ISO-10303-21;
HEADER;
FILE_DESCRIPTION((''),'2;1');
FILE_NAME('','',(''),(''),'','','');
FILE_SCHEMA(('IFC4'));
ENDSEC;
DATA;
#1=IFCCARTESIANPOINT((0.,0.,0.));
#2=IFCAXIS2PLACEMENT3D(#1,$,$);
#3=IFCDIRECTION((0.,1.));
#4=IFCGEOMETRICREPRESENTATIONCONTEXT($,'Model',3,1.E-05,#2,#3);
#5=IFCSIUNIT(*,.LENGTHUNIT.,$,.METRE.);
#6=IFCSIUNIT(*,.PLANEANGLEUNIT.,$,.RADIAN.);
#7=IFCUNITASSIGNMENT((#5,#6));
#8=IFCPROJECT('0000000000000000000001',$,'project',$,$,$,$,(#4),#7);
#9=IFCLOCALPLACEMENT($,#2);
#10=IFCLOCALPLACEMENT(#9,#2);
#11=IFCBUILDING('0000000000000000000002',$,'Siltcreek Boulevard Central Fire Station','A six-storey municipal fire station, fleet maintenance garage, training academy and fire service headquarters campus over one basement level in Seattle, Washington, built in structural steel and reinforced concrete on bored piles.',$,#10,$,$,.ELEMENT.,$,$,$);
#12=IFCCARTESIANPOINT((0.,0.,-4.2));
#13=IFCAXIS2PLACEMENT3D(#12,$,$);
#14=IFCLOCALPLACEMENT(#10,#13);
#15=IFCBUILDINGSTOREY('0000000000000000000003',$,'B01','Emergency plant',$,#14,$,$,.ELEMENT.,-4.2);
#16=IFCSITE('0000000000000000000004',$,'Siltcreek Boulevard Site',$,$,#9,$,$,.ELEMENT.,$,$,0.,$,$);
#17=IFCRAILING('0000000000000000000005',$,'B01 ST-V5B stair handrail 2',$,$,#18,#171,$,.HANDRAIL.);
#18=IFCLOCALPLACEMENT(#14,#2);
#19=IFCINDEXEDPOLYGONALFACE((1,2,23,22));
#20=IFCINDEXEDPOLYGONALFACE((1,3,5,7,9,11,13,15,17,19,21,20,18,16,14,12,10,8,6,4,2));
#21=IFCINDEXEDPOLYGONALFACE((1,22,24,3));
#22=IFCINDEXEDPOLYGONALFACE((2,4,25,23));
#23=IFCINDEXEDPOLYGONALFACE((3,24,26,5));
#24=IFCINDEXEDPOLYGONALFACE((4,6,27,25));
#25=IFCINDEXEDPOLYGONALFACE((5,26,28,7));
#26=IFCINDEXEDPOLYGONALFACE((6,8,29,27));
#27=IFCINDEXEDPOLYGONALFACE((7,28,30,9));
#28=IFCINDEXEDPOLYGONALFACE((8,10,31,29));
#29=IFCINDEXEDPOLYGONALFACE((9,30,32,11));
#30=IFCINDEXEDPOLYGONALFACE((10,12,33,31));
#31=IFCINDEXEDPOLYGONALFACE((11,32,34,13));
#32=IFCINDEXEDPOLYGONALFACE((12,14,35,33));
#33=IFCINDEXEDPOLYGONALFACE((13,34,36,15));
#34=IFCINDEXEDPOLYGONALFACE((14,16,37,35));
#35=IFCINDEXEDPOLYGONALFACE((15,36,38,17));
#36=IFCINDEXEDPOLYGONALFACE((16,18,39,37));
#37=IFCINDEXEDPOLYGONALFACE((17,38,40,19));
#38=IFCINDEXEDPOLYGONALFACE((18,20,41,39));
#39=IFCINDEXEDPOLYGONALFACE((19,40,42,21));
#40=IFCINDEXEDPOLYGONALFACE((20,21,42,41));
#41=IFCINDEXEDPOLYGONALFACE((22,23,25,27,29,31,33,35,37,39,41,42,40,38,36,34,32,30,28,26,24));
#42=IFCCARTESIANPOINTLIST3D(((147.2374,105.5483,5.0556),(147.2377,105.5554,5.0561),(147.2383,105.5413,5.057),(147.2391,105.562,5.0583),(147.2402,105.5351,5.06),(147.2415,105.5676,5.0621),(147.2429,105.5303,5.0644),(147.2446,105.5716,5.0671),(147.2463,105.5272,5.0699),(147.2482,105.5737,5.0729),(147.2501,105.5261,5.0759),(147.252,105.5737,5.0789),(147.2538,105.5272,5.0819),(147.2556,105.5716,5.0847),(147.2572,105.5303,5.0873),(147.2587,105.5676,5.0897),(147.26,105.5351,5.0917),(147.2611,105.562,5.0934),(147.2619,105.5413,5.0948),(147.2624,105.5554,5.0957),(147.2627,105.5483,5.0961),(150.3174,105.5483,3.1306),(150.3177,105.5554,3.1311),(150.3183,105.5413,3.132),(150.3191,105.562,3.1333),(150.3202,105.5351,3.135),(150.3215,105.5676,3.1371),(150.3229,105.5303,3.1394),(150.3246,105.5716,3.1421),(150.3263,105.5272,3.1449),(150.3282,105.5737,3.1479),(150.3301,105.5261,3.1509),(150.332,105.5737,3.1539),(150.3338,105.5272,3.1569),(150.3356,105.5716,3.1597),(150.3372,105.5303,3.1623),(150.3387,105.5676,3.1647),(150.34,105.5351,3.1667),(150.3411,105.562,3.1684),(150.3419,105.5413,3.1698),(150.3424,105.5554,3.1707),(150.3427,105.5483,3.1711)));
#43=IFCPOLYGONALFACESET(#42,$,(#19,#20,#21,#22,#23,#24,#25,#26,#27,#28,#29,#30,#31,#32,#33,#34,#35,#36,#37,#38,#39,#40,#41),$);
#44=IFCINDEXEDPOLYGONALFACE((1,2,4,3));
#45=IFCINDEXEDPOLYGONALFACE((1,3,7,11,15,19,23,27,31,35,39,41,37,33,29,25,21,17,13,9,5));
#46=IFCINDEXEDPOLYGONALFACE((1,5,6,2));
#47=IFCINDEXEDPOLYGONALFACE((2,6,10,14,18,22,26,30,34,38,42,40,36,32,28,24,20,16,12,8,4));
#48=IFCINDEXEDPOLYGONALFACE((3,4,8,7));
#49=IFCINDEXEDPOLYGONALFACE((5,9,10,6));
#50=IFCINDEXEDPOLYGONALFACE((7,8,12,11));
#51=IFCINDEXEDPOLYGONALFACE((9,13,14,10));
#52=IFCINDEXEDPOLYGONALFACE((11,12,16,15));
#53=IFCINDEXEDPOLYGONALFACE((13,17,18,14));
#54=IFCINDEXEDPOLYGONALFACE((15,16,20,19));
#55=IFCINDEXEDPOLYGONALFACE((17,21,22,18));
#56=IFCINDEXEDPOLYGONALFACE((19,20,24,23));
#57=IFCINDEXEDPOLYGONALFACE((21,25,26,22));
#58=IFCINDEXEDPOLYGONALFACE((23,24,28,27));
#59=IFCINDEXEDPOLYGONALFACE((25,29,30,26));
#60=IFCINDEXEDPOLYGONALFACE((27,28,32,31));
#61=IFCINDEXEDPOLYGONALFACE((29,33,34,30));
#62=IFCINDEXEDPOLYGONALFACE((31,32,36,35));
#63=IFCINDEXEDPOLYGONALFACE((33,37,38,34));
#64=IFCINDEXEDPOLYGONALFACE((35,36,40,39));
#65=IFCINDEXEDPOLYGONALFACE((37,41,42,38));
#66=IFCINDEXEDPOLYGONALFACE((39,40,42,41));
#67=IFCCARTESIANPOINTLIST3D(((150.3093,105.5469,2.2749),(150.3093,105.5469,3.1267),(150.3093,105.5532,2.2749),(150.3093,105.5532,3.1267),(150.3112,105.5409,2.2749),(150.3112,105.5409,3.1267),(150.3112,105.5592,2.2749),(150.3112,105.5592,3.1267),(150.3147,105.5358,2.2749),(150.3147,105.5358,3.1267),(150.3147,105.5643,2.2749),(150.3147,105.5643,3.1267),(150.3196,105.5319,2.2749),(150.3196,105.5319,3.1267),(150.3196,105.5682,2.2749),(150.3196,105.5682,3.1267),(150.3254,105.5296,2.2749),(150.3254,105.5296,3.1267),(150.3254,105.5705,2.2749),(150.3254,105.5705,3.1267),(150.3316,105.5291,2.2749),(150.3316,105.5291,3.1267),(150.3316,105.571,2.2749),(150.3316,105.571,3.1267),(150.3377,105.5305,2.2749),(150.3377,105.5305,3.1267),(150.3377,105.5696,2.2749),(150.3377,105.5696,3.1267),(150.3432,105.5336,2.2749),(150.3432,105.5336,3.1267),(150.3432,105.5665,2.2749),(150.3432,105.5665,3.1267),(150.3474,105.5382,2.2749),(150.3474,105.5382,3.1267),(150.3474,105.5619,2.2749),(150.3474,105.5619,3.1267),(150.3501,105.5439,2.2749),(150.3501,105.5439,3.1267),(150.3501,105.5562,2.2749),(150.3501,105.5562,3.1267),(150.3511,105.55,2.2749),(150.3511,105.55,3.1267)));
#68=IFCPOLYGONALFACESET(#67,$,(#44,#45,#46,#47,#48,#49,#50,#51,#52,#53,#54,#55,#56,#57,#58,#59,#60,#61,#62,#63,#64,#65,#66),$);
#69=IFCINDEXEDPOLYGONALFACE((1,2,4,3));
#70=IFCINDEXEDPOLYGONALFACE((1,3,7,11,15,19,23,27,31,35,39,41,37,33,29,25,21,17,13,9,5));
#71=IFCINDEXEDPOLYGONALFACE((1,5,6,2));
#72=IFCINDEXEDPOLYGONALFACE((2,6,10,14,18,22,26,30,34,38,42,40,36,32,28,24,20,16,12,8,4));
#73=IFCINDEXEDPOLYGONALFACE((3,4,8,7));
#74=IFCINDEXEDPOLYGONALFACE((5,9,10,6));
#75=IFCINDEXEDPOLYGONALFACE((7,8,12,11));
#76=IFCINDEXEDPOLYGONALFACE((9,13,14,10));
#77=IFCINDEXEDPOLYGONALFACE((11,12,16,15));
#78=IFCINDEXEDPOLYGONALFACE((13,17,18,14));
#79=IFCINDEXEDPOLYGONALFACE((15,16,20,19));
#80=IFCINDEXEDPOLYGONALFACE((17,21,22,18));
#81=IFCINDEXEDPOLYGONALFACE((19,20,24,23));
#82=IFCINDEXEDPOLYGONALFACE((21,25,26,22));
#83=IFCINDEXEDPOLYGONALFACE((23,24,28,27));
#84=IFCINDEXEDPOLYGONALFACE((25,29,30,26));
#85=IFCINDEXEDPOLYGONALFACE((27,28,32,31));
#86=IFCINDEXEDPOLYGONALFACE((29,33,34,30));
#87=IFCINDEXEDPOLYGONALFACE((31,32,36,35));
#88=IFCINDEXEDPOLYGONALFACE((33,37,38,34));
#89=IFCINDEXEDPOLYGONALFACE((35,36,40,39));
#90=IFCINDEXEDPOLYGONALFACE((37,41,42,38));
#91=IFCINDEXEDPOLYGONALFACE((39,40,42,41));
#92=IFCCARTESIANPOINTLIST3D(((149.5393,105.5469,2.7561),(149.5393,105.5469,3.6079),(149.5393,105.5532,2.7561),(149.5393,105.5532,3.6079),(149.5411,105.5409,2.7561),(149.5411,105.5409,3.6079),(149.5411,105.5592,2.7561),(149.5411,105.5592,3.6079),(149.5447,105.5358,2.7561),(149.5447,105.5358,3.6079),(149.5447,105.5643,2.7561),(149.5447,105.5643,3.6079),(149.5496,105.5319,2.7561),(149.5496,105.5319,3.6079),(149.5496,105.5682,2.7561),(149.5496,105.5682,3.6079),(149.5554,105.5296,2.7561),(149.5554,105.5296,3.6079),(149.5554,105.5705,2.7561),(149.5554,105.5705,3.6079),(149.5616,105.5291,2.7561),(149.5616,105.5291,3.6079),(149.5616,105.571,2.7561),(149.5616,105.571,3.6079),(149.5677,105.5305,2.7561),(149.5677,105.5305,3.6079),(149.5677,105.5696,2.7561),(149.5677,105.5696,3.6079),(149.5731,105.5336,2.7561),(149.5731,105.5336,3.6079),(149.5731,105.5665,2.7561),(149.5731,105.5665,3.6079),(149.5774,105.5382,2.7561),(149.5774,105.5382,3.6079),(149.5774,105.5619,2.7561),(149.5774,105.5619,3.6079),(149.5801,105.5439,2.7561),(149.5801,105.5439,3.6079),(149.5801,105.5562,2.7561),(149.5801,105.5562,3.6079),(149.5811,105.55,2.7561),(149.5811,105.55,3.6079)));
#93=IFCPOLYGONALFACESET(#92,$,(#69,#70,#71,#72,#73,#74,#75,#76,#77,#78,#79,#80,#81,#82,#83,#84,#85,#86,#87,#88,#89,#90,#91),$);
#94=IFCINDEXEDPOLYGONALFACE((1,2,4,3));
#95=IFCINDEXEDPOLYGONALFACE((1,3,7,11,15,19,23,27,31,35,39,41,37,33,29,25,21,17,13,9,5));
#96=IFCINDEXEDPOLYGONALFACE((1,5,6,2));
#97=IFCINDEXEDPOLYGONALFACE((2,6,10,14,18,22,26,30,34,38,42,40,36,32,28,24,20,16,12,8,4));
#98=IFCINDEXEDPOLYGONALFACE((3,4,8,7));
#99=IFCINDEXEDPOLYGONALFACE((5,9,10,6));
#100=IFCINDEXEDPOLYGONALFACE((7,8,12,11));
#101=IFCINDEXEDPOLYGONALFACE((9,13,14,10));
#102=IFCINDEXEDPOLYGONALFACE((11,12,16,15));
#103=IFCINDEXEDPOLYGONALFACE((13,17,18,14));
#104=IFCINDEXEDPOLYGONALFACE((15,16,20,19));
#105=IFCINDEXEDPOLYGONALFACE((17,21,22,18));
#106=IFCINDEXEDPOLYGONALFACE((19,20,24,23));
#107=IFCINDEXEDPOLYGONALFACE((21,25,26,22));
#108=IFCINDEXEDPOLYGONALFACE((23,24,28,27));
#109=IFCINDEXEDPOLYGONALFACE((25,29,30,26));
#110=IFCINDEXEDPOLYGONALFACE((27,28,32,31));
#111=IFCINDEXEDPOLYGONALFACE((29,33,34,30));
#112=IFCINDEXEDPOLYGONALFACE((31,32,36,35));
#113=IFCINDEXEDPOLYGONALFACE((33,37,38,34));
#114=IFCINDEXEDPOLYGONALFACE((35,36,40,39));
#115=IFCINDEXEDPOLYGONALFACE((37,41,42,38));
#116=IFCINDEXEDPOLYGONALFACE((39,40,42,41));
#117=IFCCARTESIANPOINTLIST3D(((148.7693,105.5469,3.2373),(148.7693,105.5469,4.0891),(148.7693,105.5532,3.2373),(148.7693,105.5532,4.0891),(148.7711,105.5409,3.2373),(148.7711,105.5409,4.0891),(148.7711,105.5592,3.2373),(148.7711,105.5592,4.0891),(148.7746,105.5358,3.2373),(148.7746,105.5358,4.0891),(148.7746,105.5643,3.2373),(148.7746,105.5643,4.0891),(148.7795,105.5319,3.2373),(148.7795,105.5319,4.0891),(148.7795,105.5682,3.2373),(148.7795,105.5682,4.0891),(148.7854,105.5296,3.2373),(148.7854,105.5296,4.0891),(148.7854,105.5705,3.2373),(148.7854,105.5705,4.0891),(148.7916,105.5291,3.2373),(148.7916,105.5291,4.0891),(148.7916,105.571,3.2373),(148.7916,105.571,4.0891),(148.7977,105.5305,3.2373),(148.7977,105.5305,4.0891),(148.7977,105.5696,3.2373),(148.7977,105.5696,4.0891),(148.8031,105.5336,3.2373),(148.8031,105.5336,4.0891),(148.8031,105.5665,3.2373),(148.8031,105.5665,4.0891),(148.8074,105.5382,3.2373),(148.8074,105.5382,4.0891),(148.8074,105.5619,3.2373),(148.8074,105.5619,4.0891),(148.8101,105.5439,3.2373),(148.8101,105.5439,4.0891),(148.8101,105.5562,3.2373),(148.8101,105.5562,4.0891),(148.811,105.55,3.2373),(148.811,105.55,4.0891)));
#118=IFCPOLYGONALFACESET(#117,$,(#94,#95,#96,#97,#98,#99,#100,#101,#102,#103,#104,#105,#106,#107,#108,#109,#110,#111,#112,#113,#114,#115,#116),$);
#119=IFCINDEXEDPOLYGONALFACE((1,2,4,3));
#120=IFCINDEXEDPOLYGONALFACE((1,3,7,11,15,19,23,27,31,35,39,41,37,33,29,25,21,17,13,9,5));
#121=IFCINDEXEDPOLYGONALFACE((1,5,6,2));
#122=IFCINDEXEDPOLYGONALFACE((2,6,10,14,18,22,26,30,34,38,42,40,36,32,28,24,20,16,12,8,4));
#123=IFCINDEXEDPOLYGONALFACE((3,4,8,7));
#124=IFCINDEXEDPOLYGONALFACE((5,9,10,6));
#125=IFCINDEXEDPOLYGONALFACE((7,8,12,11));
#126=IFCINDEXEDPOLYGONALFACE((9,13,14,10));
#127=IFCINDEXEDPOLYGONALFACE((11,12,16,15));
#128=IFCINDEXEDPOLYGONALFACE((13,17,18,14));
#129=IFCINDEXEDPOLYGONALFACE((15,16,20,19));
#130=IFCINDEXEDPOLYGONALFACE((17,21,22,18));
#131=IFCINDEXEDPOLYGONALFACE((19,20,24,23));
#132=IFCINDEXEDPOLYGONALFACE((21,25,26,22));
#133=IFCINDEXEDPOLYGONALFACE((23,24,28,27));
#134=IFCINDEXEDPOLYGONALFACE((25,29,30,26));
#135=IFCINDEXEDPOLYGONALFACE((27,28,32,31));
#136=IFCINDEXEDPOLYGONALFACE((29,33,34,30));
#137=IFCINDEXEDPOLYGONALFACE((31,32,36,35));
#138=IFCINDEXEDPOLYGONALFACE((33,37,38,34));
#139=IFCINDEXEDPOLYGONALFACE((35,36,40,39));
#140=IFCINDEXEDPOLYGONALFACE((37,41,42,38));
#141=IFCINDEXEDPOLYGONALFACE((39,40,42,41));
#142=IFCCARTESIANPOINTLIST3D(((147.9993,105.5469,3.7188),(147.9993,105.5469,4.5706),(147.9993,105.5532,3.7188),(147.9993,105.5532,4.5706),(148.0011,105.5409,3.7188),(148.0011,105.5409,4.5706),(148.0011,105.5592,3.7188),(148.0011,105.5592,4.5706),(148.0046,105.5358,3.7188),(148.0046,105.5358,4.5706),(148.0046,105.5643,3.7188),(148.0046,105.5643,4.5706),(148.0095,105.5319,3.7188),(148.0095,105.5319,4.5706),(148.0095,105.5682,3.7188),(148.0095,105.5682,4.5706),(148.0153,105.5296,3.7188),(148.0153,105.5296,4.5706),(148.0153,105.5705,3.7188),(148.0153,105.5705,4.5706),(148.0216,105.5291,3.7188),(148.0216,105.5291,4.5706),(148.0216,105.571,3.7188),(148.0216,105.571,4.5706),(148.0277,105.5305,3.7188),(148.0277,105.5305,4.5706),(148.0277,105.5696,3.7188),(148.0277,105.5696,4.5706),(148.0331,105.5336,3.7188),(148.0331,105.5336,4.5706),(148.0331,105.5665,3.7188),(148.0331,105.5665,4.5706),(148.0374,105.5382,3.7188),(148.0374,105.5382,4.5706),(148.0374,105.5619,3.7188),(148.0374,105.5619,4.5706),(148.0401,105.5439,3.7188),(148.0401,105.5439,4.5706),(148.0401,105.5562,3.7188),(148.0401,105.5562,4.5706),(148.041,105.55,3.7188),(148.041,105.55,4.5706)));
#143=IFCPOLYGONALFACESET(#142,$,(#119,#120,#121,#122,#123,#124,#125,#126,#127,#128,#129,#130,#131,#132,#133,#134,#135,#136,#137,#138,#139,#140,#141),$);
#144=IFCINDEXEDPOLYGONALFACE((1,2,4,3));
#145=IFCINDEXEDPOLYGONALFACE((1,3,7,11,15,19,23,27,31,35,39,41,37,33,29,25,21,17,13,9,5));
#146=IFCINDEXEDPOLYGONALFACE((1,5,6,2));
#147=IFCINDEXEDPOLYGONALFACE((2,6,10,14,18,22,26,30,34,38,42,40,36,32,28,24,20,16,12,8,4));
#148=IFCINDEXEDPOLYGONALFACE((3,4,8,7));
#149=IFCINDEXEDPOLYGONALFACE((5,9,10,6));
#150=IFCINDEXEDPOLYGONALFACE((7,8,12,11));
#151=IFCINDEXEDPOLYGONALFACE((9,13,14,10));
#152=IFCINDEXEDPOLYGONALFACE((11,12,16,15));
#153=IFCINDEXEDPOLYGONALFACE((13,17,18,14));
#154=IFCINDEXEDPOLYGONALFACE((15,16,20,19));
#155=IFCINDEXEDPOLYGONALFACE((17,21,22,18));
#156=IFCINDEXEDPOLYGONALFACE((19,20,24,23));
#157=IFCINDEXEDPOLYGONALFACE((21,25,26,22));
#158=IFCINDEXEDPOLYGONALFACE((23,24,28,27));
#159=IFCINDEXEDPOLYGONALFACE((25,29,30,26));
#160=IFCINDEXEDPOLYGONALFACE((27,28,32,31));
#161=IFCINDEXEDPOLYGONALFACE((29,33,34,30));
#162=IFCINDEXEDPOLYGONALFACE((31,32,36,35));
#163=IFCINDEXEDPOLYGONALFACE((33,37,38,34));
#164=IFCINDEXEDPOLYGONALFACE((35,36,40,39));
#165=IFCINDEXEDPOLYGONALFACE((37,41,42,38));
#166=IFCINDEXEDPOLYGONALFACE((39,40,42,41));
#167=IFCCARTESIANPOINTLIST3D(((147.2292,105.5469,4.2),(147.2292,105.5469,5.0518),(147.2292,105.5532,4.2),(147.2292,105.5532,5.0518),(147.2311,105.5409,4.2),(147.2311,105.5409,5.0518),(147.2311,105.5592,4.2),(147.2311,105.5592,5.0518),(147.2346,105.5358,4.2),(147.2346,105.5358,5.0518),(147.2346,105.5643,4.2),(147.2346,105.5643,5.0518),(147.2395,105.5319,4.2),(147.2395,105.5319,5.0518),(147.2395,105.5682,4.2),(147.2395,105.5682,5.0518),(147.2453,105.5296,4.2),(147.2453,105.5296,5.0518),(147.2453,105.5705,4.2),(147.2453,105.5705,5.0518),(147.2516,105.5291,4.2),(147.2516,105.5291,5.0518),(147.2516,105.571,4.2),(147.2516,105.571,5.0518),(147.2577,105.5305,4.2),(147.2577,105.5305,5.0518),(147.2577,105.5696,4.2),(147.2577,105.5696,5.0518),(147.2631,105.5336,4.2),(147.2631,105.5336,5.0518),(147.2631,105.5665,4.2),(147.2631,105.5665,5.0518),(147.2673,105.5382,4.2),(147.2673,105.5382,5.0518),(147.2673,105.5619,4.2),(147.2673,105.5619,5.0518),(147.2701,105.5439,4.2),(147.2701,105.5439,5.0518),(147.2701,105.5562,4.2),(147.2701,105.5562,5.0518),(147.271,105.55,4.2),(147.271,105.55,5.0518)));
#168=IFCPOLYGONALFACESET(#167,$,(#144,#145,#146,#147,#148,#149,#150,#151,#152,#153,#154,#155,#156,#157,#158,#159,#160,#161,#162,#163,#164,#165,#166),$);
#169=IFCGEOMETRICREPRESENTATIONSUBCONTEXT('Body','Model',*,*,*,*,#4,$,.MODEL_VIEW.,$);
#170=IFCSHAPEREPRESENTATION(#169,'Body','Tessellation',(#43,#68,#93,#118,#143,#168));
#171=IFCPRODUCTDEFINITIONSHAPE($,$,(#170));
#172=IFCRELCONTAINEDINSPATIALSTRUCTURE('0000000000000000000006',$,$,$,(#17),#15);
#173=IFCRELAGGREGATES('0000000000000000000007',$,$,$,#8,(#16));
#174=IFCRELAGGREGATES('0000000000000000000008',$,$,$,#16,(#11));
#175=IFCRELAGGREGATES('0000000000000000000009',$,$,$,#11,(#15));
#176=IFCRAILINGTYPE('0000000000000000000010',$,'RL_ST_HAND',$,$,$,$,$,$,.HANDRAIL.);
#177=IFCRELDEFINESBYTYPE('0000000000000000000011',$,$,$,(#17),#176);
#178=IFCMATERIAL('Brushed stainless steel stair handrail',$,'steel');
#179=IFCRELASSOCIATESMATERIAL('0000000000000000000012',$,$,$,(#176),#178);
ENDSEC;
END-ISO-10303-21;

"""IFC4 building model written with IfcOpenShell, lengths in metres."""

from ifc_helpers import new_model, si_unit, direction, frame, origin, origin_2d, place, context, subcontext, project, spatial, circle, extrude, material, type_object, element, save


model = new_model("IFC4")

# Units and contexts
model_context = context("Model", 3, precision=1e-05, world=origin(), true_north=direction((0.0, 1.0)))
body_context = subcontext(model_context, "Body", "Model", "MODEL_VIEW")
ifc_project = project(units=[si_unit("LENGTHUNIT", "METRE"), si_unit("PLANEANGLEUNIT", "RADIAN")], contexts=[model_context])

# Site, building, storey
site_placement = place(None, origin())
site = spatial("IfcSite", under=ifc_project, at=site_placement, Name="Siltcreek Boulevard Site", CompositionType="ELEMENT", RefElevation=0.0)
building_placement = place(site_placement, origin())
building = spatial("IfcBuilding", under=site, at=building_placement, Name="Siltcreek Boulevard Central Fire Station", Description="A six-storey municipal fire station, fleet maintenance garage, training academy and fire service headquarters campus over one basement level in Seattle, Washington, built in structural steel and reinforced concrete on bored piles.", CompositionType="ELEMENT")
storey_placement = place(building_placement, frame((0.0, 0.0, -4.2)))
storey = spatial("IfcBuildingStorey", under=building, at=storey_placement, Name="B01", Description="Emergency plant", CompositionType="ELEMENT", Elevation=-4.2)

# Railing
ifc_material_1 = material(Name="Brushed stainless steel stair handrail", Category="steel")
railing_type_1 = type_object("IfcRailingType", Name="RL_ST_HAND", PredefinedType="HANDRAIL", material=ifc_material_1)
railing_1_placement = place(storey_placement, frame((150.3301, 105.55, 2.2749)))
element("IfcRailing", 1, at=railing_1_placement, inside=storey, type_object=railing_type_1, Name="B01 ST-V5B stair handrail 2", PredefinedType="HANDRAIL", context=body_context, shape_type="SweptSolid", body=[
    extrude(circle(Radius=0.0239, at=origin_2d()), frame((0.0, 0.0, 0.876), z_axis=(-0.847998, 0.0, 0.529999), x_axis=(0.0, -1.0, 0.0)), (0.0, 0.0, 1.0), 3.6321),
    extrude(circle(Radius=0.021, at=origin_2d()), origin(), (0.0, 0.0, 1.0), 0.8518),
    extrude(circle(Radius=0.021, at=origin_2d()), frame((-0.77, 0.0, 0.4812)), (0.0, 0.0, 1.0), 0.8518),
    extrude(circle(Radius=0.021, at=origin_2d()), frame((-1.54, 0.0, 0.9624)), (0.0, 0.0, 1.0), 0.8518),
    extrude(circle(Radius=0.021, at=origin_2d()), frame((-2.3101, 0.0, 1.4438)), (0.0, 0.0, 1.0), 0.8518),
    extrude(circle(Radius=0.021, at=origin_2d()), frame((-3.0801, 0.0, 1.925)), (0.0, 0.0, 1.0), 0.8518),
])

save(model, "model.ifc")
